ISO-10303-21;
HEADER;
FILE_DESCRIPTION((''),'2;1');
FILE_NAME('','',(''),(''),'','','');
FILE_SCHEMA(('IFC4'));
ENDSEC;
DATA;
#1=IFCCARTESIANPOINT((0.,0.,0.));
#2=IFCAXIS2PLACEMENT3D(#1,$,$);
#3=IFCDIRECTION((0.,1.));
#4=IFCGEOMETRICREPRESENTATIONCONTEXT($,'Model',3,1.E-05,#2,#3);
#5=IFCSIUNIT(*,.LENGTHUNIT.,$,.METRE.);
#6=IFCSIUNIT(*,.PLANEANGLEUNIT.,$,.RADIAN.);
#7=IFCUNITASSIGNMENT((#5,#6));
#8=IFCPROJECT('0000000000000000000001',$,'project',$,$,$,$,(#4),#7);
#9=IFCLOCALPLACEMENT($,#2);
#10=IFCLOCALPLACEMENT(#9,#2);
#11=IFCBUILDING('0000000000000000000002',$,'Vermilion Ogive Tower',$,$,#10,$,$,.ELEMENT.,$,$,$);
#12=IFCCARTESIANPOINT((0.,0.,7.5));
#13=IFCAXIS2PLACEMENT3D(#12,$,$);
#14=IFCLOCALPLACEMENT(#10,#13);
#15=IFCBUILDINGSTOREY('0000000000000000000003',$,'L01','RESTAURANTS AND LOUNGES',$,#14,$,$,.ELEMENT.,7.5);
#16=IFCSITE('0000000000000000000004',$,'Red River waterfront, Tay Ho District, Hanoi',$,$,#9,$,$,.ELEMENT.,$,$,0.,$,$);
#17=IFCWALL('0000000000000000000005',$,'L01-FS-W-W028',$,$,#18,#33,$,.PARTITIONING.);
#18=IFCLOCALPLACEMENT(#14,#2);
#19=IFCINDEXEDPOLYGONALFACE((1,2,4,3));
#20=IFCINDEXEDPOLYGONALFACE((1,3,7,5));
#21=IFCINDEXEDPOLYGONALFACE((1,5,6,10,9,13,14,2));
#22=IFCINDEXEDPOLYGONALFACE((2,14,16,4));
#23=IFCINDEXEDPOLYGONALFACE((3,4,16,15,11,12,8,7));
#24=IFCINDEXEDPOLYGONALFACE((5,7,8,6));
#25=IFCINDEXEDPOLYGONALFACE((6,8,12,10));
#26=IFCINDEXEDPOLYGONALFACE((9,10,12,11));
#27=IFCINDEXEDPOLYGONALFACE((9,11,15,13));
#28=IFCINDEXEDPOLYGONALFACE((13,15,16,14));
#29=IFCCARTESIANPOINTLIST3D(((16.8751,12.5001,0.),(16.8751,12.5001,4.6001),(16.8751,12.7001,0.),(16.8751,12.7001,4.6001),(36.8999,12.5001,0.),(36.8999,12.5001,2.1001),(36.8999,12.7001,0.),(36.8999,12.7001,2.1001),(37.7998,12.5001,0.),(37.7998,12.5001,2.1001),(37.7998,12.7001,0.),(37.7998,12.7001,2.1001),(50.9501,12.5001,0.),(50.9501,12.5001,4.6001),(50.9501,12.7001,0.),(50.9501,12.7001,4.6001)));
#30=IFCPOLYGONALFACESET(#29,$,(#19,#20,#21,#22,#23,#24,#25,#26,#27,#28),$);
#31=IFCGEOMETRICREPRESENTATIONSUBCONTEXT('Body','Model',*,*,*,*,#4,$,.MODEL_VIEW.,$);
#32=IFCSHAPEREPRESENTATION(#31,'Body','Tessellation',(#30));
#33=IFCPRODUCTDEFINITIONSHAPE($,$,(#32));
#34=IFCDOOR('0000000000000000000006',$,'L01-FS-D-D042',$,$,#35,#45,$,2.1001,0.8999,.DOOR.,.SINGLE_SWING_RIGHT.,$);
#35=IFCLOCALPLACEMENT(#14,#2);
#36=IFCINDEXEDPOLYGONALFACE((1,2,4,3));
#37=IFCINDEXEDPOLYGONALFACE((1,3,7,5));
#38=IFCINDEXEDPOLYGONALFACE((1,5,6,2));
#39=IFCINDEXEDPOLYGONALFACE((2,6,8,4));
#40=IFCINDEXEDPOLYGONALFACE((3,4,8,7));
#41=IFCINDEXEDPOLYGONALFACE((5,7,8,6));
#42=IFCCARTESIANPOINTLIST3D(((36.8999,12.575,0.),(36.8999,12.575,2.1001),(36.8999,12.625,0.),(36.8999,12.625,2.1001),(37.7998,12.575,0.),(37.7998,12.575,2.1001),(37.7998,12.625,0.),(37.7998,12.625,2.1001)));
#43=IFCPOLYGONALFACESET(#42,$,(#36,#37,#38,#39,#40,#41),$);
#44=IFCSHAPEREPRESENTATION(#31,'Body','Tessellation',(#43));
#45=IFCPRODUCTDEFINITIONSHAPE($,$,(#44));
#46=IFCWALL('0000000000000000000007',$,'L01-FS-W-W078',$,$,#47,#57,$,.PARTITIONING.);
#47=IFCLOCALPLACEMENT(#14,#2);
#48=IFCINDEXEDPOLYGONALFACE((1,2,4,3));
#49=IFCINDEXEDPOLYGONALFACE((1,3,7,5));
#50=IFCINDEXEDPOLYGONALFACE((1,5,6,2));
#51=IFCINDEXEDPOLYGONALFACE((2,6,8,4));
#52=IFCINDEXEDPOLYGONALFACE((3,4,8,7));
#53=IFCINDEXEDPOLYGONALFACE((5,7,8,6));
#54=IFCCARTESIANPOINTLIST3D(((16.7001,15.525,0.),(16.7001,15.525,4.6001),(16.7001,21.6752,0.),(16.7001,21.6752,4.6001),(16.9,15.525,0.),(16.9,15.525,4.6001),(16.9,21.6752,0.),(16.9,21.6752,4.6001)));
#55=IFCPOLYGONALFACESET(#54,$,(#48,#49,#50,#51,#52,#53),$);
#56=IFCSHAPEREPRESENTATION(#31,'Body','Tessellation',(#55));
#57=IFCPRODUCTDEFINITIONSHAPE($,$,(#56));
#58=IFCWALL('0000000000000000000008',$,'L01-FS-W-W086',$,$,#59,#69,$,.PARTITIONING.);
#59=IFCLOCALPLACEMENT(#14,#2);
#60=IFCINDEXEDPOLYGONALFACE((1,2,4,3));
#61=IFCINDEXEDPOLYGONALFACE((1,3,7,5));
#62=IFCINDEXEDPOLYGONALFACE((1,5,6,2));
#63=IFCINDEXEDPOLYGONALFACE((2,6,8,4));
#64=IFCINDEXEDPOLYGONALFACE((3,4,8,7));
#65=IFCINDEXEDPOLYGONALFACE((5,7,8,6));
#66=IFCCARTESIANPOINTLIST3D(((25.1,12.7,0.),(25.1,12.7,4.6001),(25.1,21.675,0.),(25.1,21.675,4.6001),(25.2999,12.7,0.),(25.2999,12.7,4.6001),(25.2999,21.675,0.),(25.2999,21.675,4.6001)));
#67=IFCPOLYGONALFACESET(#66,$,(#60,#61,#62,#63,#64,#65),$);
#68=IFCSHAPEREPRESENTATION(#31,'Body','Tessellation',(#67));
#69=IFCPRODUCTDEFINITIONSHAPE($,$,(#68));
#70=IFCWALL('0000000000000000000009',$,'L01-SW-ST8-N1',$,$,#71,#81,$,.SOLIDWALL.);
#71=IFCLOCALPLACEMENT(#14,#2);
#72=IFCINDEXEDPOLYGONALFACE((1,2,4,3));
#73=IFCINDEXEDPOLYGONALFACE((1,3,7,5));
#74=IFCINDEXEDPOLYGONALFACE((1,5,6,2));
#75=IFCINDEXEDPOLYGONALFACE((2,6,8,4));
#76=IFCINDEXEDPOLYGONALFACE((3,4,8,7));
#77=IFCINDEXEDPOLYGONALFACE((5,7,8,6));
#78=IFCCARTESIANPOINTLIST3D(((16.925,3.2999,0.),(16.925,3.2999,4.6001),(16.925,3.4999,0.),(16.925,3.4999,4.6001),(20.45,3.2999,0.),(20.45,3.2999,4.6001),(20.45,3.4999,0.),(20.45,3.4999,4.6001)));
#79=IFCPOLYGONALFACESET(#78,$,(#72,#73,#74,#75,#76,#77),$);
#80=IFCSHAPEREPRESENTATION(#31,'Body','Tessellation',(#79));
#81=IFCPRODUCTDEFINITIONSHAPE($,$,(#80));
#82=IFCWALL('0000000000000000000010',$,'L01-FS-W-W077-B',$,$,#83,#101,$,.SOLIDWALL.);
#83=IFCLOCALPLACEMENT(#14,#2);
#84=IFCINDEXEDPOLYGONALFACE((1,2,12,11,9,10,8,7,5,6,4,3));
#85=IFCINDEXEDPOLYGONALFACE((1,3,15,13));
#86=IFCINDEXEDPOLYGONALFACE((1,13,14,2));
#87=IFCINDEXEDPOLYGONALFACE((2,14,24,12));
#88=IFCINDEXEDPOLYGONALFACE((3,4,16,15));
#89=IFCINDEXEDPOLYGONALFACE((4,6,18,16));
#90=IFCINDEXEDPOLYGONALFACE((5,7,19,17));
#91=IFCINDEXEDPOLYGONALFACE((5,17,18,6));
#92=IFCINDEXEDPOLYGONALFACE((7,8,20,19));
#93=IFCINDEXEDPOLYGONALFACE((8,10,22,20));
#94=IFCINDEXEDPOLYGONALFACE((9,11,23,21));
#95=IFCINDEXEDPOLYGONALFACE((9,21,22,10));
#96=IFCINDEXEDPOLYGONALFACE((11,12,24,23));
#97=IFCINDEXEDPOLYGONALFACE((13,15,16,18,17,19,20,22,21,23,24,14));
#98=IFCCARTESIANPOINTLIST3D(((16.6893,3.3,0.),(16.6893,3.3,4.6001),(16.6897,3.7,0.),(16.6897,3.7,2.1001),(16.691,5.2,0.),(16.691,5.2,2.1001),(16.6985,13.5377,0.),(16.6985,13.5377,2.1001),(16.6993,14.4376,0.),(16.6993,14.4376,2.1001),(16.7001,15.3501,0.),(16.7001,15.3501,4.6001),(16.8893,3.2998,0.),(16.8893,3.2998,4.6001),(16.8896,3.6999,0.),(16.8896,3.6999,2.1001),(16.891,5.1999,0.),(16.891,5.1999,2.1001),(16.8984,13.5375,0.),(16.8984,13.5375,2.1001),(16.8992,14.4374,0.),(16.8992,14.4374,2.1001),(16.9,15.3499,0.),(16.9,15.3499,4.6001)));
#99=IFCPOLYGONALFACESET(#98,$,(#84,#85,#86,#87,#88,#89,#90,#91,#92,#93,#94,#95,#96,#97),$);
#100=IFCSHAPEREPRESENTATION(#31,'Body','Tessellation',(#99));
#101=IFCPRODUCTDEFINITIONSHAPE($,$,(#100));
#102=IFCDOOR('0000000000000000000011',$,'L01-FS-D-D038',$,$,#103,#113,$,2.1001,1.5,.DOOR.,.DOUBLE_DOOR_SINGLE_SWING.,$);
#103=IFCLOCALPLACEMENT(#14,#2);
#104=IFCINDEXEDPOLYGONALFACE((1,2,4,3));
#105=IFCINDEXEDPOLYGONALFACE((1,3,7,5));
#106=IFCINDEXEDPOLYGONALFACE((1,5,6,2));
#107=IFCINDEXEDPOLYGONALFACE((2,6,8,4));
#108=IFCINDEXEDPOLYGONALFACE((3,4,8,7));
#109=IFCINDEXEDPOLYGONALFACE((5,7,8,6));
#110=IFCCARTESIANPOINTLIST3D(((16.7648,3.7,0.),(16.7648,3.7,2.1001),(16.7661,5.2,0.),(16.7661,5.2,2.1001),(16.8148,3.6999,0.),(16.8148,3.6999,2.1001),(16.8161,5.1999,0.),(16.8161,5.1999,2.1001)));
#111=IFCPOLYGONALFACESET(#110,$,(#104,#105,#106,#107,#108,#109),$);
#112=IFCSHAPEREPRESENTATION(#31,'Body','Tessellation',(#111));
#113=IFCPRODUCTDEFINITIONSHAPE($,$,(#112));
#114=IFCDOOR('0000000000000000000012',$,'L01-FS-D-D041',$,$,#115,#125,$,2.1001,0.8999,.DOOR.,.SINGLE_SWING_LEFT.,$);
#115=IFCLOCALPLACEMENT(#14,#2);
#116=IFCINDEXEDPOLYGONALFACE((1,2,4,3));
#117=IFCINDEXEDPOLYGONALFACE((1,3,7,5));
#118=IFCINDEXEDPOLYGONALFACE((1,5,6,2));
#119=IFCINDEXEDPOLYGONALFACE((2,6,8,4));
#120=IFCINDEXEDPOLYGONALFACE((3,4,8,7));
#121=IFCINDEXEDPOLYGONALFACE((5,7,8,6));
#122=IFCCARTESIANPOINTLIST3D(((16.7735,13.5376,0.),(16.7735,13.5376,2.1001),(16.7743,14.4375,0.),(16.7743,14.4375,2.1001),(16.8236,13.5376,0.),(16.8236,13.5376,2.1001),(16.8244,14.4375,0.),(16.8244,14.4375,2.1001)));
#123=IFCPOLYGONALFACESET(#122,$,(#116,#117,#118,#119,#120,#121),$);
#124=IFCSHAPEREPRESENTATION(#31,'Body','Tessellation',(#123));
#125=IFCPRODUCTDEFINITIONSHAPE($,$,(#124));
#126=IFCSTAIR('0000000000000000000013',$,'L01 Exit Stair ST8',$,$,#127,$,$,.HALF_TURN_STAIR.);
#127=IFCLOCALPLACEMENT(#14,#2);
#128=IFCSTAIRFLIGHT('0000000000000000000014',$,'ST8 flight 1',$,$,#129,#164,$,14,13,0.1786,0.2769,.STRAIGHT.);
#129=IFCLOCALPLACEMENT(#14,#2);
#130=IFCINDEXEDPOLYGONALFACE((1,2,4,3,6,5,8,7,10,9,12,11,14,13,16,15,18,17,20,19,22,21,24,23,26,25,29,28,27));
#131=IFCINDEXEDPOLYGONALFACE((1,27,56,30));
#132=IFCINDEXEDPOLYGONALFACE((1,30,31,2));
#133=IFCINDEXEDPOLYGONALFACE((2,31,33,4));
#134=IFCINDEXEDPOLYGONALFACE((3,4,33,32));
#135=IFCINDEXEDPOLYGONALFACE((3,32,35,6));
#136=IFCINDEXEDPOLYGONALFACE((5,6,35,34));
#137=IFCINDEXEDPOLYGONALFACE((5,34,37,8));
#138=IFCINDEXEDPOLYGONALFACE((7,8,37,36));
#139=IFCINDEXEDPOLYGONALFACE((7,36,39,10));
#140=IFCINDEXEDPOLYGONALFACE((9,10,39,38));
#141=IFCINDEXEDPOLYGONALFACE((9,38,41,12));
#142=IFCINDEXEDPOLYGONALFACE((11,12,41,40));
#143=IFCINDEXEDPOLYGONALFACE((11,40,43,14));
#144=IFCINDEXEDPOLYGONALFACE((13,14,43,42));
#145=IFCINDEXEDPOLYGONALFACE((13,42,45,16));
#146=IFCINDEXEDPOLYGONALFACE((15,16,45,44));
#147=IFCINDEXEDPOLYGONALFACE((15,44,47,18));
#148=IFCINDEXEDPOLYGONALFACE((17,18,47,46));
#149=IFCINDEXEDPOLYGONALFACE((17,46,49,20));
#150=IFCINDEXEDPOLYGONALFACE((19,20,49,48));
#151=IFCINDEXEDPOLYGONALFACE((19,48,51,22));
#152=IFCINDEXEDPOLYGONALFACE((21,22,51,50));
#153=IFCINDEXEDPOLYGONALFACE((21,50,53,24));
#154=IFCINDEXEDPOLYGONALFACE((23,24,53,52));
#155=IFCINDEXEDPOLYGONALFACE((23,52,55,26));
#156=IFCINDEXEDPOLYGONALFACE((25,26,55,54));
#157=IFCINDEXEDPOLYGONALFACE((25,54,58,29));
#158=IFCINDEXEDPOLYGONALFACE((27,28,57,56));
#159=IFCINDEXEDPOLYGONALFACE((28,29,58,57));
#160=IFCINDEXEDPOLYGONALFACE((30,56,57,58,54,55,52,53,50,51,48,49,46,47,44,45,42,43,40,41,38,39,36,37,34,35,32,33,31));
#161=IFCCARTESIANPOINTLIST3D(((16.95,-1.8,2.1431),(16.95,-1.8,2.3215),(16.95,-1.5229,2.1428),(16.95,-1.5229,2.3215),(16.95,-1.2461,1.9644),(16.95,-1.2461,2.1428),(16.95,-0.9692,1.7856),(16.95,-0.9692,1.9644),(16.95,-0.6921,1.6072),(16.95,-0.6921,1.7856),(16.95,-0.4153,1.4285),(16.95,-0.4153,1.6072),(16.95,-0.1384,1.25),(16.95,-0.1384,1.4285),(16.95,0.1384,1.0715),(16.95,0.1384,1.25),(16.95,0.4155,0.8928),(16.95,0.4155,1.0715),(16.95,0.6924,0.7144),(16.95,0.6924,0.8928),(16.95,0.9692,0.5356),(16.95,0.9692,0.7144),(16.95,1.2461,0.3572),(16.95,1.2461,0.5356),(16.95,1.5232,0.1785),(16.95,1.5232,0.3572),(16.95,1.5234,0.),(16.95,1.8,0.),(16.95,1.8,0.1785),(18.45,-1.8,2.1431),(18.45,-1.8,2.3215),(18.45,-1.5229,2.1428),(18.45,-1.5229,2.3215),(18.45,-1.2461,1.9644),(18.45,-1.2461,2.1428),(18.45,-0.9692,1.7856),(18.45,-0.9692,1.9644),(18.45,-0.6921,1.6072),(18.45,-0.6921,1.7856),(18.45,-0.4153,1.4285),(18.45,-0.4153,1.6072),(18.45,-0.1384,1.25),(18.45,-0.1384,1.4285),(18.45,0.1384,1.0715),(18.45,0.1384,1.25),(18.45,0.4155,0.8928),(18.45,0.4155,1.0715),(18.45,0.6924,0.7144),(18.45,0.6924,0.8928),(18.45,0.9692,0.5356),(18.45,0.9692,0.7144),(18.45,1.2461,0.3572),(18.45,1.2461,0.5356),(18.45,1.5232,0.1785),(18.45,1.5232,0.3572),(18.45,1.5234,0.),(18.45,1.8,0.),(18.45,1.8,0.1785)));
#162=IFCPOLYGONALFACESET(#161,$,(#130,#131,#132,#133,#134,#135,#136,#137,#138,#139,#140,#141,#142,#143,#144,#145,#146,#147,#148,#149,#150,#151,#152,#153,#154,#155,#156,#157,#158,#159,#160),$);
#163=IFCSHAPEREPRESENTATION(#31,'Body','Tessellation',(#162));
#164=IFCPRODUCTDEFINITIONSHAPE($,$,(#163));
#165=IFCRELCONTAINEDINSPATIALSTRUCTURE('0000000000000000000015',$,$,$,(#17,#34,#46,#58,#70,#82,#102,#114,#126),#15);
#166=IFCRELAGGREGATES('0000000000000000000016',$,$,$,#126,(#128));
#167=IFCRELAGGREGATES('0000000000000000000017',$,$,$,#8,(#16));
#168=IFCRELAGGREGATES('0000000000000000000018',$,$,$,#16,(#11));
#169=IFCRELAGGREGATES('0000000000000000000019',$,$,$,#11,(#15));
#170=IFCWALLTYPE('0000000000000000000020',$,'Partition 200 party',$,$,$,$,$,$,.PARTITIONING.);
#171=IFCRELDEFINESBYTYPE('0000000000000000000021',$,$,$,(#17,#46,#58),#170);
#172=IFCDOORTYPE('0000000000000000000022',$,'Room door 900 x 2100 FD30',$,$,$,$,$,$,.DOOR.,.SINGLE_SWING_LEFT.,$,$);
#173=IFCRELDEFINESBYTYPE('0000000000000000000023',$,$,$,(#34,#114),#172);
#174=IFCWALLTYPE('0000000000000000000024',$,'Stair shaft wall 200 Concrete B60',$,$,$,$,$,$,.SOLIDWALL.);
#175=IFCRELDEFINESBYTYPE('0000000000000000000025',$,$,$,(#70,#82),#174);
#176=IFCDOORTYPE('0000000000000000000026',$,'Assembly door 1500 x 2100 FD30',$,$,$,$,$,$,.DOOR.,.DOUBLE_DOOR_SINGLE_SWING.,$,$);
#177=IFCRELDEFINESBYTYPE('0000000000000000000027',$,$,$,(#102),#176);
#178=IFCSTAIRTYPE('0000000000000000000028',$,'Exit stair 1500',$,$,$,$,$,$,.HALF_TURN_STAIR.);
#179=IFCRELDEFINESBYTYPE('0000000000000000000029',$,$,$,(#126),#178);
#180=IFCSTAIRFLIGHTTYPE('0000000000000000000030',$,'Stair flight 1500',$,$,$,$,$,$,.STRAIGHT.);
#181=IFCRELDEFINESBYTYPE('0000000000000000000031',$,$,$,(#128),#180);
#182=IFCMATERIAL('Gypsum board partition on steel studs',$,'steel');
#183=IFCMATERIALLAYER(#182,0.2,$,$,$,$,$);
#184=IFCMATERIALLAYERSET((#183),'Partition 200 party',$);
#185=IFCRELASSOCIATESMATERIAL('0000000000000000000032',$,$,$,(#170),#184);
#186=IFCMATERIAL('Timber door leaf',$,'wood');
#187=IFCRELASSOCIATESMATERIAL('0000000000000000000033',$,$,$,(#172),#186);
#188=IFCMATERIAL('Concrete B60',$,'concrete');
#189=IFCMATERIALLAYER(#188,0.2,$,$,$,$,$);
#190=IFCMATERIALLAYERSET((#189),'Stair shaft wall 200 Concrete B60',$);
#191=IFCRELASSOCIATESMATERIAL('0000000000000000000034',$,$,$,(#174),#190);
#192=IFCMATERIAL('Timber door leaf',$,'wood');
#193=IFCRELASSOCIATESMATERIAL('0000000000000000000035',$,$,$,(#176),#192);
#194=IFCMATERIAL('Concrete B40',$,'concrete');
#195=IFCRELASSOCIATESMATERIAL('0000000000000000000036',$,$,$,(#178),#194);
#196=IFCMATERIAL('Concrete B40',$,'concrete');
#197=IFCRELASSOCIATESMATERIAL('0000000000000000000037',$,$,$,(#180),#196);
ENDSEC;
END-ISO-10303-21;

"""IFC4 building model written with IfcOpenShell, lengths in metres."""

from ifc_helpers import new_model, si_unit, direction, frame, frame_2d, origin, place, context, subcontext, project, spatial, polyline, rectangle, outline, extrude, material, layer, layer_set, type_object, element, fill, aggregate, save


model = new_model("IFC4")

# Units and contexts
model_context = context("Model", 3, precision=1e-05, world=origin(), true_north=direction((0.0, 1.0)))
body_context = subcontext(model_context, "Body", "Model", "MODEL_VIEW")
ifc_project = project(units=[si_unit("LENGTHUNIT", "METRE"), si_unit("PLANEANGLEUNIT", "RADIAN")], contexts=[model_context])

# Site, building, storey
site_placement = place(None, origin())
site = spatial("IfcSite", under=ifc_project, at=site_placement, Name="Red River waterfront, Tay Ho District, Hanoi", CompositionType="ELEMENT", RefElevation=0.0)
building_placement = place(site_placement, origin())
building = spatial("IfcBuilding", under=site, at=building_placement, Name="Vermilion Ogive Tower", CompositionType="ELEMENT")
storey_placement = place(building_placement, frame((0.0, 0.0, 7.5)))
storey = spatial("IfcBuildingStorey", under=building, at=storey_placement, Name="L01", Description="RESTAURANTS AND LOUNGES", CompositionType="ELEMENT", Elevation=7.5)

# Wall, opening, door
ifc_material_1 = material(Name="Gypsum board partition on steel studs", Category="steel")
ifc_layer_1 = layer(ifc_material_1, 0.2)
ifc_layer_set_1 = layer_set([ifc_layer_1], Name="Partition 200 party")
wall_type_1 = type_object("IfcWallType", Name="Partition 200 party", PredefinedType="PARTITIONING", material=ifc_layer_set_1)
wall_1_placement = place(storey_placement, frame((16.875, 12.6001, 0.0), z_axis=(0.0, 0.0, 1.0), x_axis=(1.0, 0.0, 0.0)))
wall_1 = element("IfcWall", 1, at=wall_1_placement, inside=storey, type_object=wall_type_1, Name="L01-FS-W-W028", PredefinedType="PARTITIONING", context=body_context, shape_type="SweptSolid", body=[
    extrude(rectangle(XDim=34.075, YDim=0.2, at=frame_2d((17.0376, 0.0))), origin(), (0.0, 0.0, 1.0), 4.6001),
])
opening_1_placement = place(wall_1_placement, frame((20.0249, 0.0, 0.0)))
opening_1 = element("IfcOpeningElement", 2, at=opening_1_placement, cuts=wall_1, PredefinedType="OPENING", context=body_context, shape_type="SweptSolid", body=[
    extrude(rectangle(XDim=0.8999, YDim=2.1001, at=frame_2d((0.45, 1.05))), frame((0.0, 0.1099, 0.0), z_axis=(0.0, -1.0, 0.0), x_axis=(1.0, 0.0, 0.0)), (0.0, 0.0, 1.0), 0.22),
])
ifc_material_2 = material(Name="Timber door leaf", Category="wood")
door_type_1 = type_object("IfcDoorType", Name="Room door 900 x 2100 FD30", OperationType="SINGLE_SWING_LEFT", PredefinedType="DOOR", material=ifc_material_2)
door_1_placement = place(opening_1_placement, origin())
door_1 = element("IfcDoor", 3, at=door_1_placement, inside=storey, type_object=door_type_1, Name="L01-FS-D-D042", OperationType="SINGLE_SWING_RIGHT", OverallHeight=2.1001, OverallWidth=0.8999, PredefinedType="DOOR", context=body_context, shape_type="SweptSolid", body=[
    extrude(rectangle(XDim=0.8999, YDim=2.1001, at=frame_2d((0.45, 1.05))), frame((0.0, 0.0249, 0.0), z_axis=(0.0, -1.0, 0.0), x_axis=(1.0, 0.0, 0.0)), (0.0, 0.0, 1.0), 0.05),
])
fill(opening_1, door_1)

# Walls
wall_2_placement = place(storey_placement, frame((16.8, 15.5249, 0.0), z_axis=(0.0, 0.0, 1.0), x_axis=(0.0, 1.0, 0.0)))
element("IfcWall", 4, at=wall_2_placement, inside=storey, type_object=wall_type_1, Name="L01-FS-W-W078", PredefinedType="PARTITIONING", context=body_context, shape_type="SweptSolid", body=[
    extrude(rectangle(XDim=6.1501, YDim=0.2, at=frame_2d((3.0752, 0.0))), origin(), (0.0, 0.0, 1.0), 4.6001),
])
wall_3_placement = place(storey_placement, frame((25.2, 12.7, 0.0), z_axis=(0.0, 0.0, 1.0), x_axis=(0.0, 1.0, 0.0)))
element("IfcWall", 5, at=wall_3_placement, inside=storey, type_object=wall_type_1, Name="L01-FS-W-W086", PredefinedType="PARTITIONING", context=body_context, shape_type="SweptSolid", body=[
    extrude(rectangle(XDim=8.9751, YDim=0.2, at=frame_2d((4.4875, 0.0))), origin(), (0.0, 0.0, 1.0), 4.6001),
])
ifc_material_3 = material(Name="Concrete B60", Category="concrete")
ifc_layer_2 = layer(ifc_material_3, 0.2)
ifc_layer_set_2 = layer_set([ifc_layer_2], Name="Stair shaft wall 200 Concrete B60")
wall_type_2 = type_object("IfcWallType", Name="Stair shaft wall 200 Concrete B60", PredefinedType="SOLIDWALL", material=ifc_layer_set_2)
wall_4_placement = place(storey_placement, frame((16.925, 3.3999, 0.0), z_axis=(0.0, 0.0, 1.0), x_axis=(1.0, 0.0, 0.0)))
element("IfcWall", 6, at=wall_4_placement, inside=storey, type_object=wall_type_2, Name="L01-SW-ST8-N1", PredefinedType="SOLIDWALL", context=body_context, shape_type="SweptSolid", body=[
    extrude(rectangle(XDim=3.5249, YDim=0.2, at=frame_2d((1.7625, 0.0))), origin(), (0.0, 0.0, 1.0), 4.6001),
])

# Wall, openings, doors
wall_5_placement = place(storey_placement, frame((16.7893, 3.3, 0.0), z_axis=(0.0, 0.0, 1.0), x_axis=(0.000891, 1.0, 0.0)))
wall_5 = element("IfcWall", 7, at=wall_5_placement, inside=storey, type_object=wall_type_2, Name="L01-FS-W-W077-B", PredefinedType="SOLIDWALL", context=body_context, shape_type="SweptSolid", body=[
    extrude(rectangle(XDim=12.05, YDim=0.2, at=frame_2d((6.0249, 0.0))), origin(), (0.0, 0.0, 1.0), 4.6001),
])
opening_2_placement = place(wall_5_placement, frame((0.3999, 0.0, 0.0)))
opening_2 = element("IfcOpeningElement", 8, at=opening_2_placement, cuts=wall_5, PredefinedType="OPENING", context=body_context, shape_type="SweptSolid", body=[
    extrude(rectangle(XDim=1.5, YDim=2.1001, at=frame_2d((0.75, 1.05))), frame((0.0, 0.1099, 0.0), z_axis=(0.0, -1.0, 0.0), x_axis=(1.0, 0.0, 0.0)), (0.0, 0.0, 1.0), 0.22),
])
opening_3_placement = place(wall_5_placement, frame((10.2375, 0.0, 0.0)))
opening_3 = element("IfcOpeningElement", 9, at=opening_3_placement, cuts=wall_5, PredefinedType="OPENING", context=body_context, shape_type="SweptSolid", body=[
    extrude(rectangle(XDim=0.8999, YDim=2.1001, at=frame_2d((0.45, 1.05))), frame((0.0, 0.1099, 0.0), z_axis=(0.0, -1.0, 0.0), x_axis=(1.0, 0.0, 0.0)), (0.0, 0.0, 1.0), 0.22),
])
ifc_material_4 = material(Name="Timber door leaf", Category="wood")
door_type_2 = type_object("IfcDoorType", Name="Assembly door 1500 x 2100 FD30", OperationType="DOUBLE_DOOR_SINGLE_SWING", PredefinedType="DOOR", material=ifc_material_4)
door_2_placement = place(opening_2_placement, origin())
door_2 = element("IfcDoor", 10, at=door_2_placement, inside=storey, type_object=door_type_2, Name="L01-FS-D-D038", OperationType="DOUBLE_DOOR_SINGLE_SWING", OverallHeight=2.1001, OverallWidth=1.5, PredefinedType="DOOR", context=body_context, shape_type="SweptSolid", body=[
    extrude(rectangle(XDim=1.5, YDim=2.1001, at=frame_2d((0.75, 1.05))), frame((0.0, 0.0249, 0.0), z_axis=(0.0, -1.0, 0.0), x_axis=(1.0, 0.0, 0.0)), (0.0, 0.0, 1.0), 0.05),
])
fill(opening_2, door_2)
door_3_placement = place(opening_3_placement, origin())
door_3 = element("IfcDoor", 11, at=door_3_placement, inside=storey, type_object=door_type_1, Name="L01-FS-D-D041", OperationType="SINGLE_SWING_LEFT", OverallHeight=2.1001, OverallWidth=0.8999, PredefinedType="DOOR", context=body_context, shape_type="SweptSolid", body=[
    extrude(rectangle(XDim=0.8999, YDim=2.1001, at=frame_2d((0.45, 1.05))), frame((0.0, 0.0249, 0.0), z_axis=(0.0, -1.0, 0.0), x_axis=(1.0, 0.0, 0.0)), (0.0, 0.0, 1.0), 0.05),
])
fill(opening_3, door_3)

# Stair, stair flight
ifc_material_5 = material(Name="Concrete B40", Category="concrete")
stair_type = type_object("IfcStairType", Name="Exit stair 1500", PredefinedType="HALF_TURN_STAIR", material=ifc_material_5)
stair_placement = place(storey_placement, origin())
stair = element("IfcStair", 12, at=stair_placement, inside=storey, type_object=stair_type, Name="L01 Exit Stair ST8", PredefinedType="HALF_TURN_STAIR")
ifc_material_6 = material(Name="Concrete B40", Category="concrete")
stair_flight_type = type_object("IfcStairFlightType", Name="Stair flight 1500", PredefinedType="STRAIGHT", material=ifc_material_6)
stair_flight_1_placement = place(storey_placement, frame((17.7, 1.8, 0.0), z_axis=(0.0, 0.0, 1.0), x_axis=(0.0, -1.0, 0.0)))
stair_flight_1 = element("IfcStairFlight", 13, at=stair_flight_1_placement, type_object=stair_flight_type, Name="ST8 flight 1", NumberOfRisers=14, NumberOfTreads=13, PredefinedType="STRAIGHT", RiserHeight=0.1786, TreadLength=0.2769, context=body_context, shape_type="SweptSolid", body=[
    extrude(outline(polyline([(0.0, 0.0), (0.0, 0.1785), (0.2769, 0.1785), (0.2769, 0.3572), (0.554, 0.3572), (0.554, 0.5356), (0.8308, 0.5356), (0.8308, 0.7144), (1.1077, 0.7144), (1.1077, 0.8928), (1.3845, 0.8928), (1.3845, 1.0715), (1.6616, 1.0715), (1.6616, 1.25), (1.9385, 1.25), (1.9385, 1.4285), (2.2153, 1.4285), (2.2153, 1.6072), (2.4922, 1.6072), (2.4922, 1.7856), (2.7693, 1.7856), (2.7693, 1.9644), (3.0461, 1.9644), (3.0461, 2.1428), (3.323, 2.1428), (3.323, 2.3215), (3.6001, 2.3215), (3.6001, 2.5), (3.6001, 2.1431), (0.2766, 0.0), (0.0, 0.0)])), frame((0.0, 0.75, 0.0), z_axis=(0.0, -1.0, 0.0), x_axis=(1.0, 0.0, 0.0)), (0.0, 0.0, 1.0), 1.5),
])
aggregate(stair, [stair_flight_1])

save(model, "model.ifc")
